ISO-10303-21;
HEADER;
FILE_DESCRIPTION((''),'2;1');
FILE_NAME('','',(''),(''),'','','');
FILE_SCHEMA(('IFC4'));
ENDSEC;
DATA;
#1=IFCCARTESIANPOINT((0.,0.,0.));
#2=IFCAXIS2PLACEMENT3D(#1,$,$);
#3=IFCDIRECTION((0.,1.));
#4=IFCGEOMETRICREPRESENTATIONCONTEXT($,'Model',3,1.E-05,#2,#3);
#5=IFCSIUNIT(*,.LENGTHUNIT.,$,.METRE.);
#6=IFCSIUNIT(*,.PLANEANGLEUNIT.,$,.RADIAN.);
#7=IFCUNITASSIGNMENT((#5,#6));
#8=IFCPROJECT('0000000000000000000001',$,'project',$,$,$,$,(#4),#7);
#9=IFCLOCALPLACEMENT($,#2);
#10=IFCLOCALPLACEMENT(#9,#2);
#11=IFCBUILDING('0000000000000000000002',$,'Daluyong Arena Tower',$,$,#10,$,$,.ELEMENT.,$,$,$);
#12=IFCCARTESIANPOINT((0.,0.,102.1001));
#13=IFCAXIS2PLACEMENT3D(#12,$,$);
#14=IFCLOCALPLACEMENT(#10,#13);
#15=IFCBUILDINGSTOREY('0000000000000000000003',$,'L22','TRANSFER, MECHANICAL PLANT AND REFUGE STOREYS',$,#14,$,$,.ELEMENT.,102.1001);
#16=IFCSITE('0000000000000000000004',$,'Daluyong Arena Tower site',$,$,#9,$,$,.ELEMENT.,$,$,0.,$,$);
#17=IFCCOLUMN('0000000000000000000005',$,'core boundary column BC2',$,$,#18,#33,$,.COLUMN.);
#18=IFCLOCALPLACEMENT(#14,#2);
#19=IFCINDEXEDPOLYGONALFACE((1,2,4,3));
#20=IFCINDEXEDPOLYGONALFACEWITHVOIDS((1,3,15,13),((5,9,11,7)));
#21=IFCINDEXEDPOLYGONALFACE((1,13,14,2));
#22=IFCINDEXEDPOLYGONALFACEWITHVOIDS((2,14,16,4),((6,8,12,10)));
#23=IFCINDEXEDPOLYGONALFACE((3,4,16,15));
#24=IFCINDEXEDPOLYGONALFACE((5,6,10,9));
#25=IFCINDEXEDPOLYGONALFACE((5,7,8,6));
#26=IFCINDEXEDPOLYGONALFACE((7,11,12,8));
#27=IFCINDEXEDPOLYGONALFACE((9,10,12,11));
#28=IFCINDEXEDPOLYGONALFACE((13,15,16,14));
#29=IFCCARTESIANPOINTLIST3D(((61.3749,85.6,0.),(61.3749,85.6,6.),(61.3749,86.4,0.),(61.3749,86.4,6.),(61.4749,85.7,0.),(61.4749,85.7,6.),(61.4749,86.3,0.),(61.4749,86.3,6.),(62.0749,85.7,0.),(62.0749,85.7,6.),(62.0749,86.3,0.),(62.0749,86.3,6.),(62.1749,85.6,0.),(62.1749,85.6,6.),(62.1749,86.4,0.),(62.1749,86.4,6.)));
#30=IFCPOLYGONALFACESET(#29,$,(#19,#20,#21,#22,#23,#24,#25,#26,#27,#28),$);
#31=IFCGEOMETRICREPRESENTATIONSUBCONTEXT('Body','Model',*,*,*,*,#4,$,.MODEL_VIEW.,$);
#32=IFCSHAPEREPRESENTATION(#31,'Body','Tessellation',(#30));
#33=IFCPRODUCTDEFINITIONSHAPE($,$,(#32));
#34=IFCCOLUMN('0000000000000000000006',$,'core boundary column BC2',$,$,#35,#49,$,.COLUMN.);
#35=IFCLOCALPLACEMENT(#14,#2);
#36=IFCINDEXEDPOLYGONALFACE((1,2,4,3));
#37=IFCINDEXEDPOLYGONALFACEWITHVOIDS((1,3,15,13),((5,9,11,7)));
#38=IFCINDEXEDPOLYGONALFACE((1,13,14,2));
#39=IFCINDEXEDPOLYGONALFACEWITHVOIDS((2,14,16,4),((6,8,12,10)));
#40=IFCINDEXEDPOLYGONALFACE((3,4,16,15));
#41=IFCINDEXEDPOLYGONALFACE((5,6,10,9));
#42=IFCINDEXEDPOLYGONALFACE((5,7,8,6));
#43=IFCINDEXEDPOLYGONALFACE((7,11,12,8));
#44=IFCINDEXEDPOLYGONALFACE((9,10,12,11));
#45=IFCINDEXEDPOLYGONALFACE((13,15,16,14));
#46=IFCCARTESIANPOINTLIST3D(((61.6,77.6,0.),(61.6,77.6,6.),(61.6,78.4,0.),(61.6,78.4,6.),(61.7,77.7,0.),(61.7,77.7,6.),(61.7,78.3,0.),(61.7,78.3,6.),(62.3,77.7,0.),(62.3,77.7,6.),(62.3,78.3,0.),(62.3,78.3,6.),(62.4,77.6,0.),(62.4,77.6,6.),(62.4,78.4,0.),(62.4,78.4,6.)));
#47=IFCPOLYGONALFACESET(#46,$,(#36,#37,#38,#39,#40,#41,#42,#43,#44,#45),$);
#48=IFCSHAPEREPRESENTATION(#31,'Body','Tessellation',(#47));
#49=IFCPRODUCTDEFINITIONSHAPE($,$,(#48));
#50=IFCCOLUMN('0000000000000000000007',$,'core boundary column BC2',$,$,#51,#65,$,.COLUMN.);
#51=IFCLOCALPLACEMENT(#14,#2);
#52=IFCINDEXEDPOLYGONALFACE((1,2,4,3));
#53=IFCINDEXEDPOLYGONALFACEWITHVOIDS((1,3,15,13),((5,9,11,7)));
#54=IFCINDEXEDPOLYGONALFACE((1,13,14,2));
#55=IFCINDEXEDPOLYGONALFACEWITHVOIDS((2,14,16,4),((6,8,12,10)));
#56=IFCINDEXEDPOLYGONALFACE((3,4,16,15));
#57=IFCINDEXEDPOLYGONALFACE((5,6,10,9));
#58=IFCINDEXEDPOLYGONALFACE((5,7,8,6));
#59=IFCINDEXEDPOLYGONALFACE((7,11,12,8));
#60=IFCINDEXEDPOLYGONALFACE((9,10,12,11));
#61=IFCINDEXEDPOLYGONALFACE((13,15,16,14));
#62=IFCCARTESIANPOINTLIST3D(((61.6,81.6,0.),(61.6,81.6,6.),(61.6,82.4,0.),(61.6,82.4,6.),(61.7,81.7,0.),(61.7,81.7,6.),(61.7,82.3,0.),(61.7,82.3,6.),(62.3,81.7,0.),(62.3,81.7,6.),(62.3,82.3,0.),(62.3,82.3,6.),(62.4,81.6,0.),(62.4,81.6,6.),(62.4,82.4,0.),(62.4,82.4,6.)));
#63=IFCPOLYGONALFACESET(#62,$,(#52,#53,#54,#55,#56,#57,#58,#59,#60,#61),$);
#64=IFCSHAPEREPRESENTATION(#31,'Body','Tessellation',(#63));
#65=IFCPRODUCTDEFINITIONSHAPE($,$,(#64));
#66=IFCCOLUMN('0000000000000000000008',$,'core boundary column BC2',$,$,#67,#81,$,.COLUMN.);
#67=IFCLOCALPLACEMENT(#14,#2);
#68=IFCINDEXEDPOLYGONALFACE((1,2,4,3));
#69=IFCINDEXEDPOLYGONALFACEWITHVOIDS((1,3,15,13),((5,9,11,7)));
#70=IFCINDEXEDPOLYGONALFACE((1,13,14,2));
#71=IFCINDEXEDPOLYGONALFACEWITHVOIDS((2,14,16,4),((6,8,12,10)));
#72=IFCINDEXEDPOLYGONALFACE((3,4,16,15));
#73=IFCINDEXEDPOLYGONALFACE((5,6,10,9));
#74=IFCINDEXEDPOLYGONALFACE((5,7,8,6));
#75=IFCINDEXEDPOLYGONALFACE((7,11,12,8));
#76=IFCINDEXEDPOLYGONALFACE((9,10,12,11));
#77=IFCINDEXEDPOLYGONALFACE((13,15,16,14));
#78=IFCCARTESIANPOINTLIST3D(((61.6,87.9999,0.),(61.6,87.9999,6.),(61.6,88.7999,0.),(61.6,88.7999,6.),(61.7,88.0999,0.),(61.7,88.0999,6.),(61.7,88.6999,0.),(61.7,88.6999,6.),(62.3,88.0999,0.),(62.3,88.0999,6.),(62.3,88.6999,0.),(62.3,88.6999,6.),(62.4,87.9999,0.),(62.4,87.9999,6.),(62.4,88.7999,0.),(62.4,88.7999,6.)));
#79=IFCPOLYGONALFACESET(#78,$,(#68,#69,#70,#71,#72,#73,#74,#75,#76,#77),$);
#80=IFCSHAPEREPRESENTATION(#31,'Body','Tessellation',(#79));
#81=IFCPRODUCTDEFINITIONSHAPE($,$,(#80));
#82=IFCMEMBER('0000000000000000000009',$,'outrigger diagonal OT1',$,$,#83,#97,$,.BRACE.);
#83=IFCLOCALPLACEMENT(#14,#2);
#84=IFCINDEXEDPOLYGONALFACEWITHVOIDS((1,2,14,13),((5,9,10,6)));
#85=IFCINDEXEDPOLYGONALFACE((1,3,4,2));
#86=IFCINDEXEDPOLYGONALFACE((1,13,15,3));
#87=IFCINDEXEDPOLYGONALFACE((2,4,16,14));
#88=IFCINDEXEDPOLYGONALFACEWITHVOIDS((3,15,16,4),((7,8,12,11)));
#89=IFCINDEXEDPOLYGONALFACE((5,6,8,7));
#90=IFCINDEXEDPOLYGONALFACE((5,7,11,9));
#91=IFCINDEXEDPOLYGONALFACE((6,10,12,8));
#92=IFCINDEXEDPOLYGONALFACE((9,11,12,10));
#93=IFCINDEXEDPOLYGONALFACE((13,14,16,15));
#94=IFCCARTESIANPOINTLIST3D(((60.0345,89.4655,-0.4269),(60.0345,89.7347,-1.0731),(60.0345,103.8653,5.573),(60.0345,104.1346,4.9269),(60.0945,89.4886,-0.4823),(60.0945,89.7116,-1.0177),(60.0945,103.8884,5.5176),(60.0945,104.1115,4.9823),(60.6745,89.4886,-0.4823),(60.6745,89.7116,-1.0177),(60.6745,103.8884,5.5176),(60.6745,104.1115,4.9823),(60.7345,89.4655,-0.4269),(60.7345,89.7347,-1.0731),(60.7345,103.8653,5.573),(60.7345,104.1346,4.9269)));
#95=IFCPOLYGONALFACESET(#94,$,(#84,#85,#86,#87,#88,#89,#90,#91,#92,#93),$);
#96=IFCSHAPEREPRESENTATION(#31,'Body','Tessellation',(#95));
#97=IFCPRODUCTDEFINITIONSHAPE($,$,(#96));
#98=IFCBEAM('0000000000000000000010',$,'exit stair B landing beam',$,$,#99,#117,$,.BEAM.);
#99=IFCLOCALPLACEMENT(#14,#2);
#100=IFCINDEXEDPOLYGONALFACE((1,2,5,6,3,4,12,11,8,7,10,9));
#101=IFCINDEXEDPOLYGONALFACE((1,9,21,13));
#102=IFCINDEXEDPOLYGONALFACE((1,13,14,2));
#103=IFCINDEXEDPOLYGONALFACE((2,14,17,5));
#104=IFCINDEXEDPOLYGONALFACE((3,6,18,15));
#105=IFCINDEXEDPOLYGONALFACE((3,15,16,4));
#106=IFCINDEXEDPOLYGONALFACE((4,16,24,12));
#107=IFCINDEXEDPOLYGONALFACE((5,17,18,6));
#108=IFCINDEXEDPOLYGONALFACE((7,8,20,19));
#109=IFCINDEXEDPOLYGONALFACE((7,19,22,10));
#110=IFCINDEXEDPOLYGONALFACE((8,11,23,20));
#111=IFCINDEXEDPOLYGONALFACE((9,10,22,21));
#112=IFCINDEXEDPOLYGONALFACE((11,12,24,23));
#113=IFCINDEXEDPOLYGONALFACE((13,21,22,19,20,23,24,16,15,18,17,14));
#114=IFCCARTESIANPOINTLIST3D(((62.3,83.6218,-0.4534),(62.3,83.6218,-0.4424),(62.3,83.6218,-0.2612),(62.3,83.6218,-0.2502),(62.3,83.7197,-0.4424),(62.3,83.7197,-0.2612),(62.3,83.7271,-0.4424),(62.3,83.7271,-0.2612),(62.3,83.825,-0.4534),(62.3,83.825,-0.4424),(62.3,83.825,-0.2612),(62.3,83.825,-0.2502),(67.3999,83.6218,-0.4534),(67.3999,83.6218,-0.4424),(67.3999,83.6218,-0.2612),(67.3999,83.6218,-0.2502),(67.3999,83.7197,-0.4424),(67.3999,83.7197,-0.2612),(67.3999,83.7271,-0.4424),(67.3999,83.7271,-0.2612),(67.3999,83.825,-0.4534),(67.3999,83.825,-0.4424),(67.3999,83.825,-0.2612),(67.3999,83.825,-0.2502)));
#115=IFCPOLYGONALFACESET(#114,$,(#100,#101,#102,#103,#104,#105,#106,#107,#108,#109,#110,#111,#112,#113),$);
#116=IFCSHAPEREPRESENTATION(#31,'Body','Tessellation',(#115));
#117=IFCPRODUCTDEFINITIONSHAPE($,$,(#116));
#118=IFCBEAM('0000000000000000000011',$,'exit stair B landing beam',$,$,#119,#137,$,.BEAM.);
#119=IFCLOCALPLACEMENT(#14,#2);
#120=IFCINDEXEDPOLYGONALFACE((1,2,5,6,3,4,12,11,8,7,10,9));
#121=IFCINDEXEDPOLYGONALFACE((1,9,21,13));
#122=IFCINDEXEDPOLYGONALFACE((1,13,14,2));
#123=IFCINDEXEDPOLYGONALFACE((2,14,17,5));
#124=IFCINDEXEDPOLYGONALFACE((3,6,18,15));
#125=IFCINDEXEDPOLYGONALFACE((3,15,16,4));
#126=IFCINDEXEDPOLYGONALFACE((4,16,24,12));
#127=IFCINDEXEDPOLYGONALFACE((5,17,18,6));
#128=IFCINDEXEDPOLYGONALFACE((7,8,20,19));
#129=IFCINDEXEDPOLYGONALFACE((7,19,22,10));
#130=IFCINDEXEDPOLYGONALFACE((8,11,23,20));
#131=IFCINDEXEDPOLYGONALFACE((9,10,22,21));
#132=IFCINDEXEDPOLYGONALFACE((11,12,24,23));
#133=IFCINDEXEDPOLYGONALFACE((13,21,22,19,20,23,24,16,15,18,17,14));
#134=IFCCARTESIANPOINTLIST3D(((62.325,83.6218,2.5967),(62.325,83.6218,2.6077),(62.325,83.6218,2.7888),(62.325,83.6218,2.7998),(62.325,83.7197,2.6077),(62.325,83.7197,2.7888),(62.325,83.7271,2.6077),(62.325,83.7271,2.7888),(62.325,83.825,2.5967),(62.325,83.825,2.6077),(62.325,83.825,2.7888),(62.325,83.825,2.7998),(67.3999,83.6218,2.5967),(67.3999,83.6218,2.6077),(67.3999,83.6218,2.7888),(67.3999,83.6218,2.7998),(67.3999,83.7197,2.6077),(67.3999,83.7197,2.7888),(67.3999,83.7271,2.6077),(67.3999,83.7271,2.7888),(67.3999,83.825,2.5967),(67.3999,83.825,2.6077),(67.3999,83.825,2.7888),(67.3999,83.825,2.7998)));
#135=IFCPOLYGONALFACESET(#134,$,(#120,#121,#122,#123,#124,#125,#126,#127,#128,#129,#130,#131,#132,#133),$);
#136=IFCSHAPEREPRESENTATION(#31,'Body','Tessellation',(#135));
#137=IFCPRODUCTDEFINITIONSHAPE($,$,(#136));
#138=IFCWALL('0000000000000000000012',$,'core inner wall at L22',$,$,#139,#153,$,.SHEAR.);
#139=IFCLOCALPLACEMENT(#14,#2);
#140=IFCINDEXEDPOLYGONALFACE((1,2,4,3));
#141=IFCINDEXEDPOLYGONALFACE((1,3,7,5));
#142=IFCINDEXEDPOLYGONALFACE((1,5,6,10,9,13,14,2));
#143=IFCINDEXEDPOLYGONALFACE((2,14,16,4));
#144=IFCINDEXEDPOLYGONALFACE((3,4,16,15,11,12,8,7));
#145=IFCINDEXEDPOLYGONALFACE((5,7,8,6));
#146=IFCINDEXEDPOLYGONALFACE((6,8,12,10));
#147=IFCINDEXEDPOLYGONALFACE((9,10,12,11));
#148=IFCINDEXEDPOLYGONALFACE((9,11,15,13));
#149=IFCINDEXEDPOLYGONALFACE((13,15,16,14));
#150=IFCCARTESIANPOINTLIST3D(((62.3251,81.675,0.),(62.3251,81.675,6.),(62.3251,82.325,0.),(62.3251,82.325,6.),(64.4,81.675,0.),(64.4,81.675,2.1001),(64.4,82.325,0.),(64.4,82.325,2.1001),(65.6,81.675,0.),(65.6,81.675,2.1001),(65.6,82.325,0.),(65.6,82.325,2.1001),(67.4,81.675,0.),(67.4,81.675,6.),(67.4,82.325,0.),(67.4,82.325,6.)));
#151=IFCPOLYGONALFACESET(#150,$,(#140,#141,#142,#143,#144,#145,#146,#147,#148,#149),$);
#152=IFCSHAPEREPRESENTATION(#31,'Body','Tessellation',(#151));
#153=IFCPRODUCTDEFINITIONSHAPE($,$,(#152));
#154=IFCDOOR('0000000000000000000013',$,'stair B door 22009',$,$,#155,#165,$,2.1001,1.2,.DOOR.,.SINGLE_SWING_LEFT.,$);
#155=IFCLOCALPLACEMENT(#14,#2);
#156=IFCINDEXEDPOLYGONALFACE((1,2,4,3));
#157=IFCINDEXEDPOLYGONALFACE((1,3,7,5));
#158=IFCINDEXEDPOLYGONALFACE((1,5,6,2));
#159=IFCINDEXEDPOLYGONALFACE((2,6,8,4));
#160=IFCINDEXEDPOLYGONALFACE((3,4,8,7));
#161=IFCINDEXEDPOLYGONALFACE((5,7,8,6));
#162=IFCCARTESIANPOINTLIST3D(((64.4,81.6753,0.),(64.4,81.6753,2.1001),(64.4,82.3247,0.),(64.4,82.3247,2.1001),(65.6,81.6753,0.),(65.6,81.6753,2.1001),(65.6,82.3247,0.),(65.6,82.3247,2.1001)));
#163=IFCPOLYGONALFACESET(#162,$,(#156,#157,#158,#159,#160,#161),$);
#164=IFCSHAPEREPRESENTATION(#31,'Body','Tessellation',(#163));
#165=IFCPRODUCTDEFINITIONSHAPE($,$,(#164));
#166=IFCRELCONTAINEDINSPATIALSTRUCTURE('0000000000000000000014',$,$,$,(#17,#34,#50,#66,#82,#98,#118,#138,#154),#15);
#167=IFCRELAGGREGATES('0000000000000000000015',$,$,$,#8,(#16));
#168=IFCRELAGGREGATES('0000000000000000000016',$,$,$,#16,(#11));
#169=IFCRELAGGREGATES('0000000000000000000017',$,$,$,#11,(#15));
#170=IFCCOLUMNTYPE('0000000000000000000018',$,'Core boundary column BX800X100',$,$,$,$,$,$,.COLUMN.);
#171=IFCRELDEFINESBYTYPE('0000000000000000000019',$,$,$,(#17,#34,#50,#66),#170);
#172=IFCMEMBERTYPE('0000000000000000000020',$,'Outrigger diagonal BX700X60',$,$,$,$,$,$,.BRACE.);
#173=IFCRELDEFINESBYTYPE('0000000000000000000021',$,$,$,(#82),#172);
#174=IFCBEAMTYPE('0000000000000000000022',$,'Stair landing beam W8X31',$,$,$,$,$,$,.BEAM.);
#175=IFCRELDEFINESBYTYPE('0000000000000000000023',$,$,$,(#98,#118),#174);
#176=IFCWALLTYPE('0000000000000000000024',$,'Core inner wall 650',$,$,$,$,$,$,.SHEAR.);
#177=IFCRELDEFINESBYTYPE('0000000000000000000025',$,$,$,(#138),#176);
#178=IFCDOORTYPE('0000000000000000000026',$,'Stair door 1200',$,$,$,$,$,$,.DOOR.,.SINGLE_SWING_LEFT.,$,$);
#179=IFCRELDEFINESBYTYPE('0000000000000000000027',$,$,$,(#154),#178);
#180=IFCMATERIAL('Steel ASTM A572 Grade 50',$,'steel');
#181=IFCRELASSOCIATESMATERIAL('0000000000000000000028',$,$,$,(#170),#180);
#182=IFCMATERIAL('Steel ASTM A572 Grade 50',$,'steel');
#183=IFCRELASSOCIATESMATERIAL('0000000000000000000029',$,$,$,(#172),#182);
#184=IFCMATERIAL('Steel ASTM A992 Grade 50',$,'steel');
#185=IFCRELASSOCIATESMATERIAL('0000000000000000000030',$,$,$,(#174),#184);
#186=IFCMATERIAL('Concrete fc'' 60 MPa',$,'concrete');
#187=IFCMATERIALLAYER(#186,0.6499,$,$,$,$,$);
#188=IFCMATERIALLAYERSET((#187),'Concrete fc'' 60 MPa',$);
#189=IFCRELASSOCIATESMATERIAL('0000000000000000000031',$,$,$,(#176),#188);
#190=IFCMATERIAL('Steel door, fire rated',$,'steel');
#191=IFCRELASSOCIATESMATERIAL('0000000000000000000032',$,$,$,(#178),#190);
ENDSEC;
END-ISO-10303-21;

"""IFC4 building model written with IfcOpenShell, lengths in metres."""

from ifc_helpers import new_model, si_unit, direction, frame, frame_2d, origin, origin_2d, place, context, subcontext, project, spatial, rectangle, hollow_rectangle, i_section, extrude, material, layer, layer_set, material_profile, profile_set, type_object, element, fill, save


model = new_model("IFC4")

# Units and contexts
model_context = context("Model", 3, precision=1e-05, world=origin(), true_north=direction((0.0, 1.0)))
body_context = subcontext(model_context, "Body", "Model", "MODEL_VIEW")
ifc_project = project(units=[si_unit("LENGTHUNIT", "METRE"), si_unit("PLANEANGLEUNIT", "RADIAN")], contexts=[model_context])

# Site, building, storey
site_placement = place(None, origin())
site = spatial("IfcSite", under=ifc_project, at=site_placement, Name="Daluyong Arena Tower site", CompositionType="ELEMENT", RefElevation=0.0)
building_placement = place(site_placement, origin())
building = spatial("IfcBuilding", under=site, at=building_placement, Name="Daluyong Arena Tower", CompositionType="ELEMENT")
storey_placement = place(building_placement, frame((0.0, 0.0, 102.1001)))
storey = spatial("IfcBuildingStorey", under=building, at=storey_placement, Name="L22", Description="TRANSFER, MECHANICAL PLANT AND REFUGE STOREYS", CompositionType="ELEMENT", Elevation=102.1001)

# Columns
ifc_material_1 = material(Name="Steel ASTM A572 Grade 50", Category="steel")
ifc_material_profile_1 = material_profile(ifc_material_1, hollow_rectangle(XDim=0.8, YDim=0.8, WallThickness=0.1, at=origin_2d()))
ifc_profile_set_1 = profile_set([ifc_material_profile_1], Name="Steel ASTM A572 Grade 50")
column_type = type_object("IfcColumnType", Name="Core boundary column BX800X100", PredefinedType="COLUMN", material=ifc_profile_set_1)
for number, where, z_axis, x_axis, name in (
    (1, (61.7749, 86.0, 0.0), (0.0, 0.0, 1.0), (1.0, 0.0, 0.0), "core boundary column BC2"),
    (2, (62.0, 78.0, 0.0), (0.0, 0.0, 1.0), (1.0, 0.0, 0.0), "core boundary column BC2"),
    (3, (62.0, 82.0, 0.0), (0.0, 0.0, 1.0), (1.0, 0.0, 0.0), "core boundary column BC2"),
    (4, (62.0, 88.3999, 0.0), (0.0, 0.0, 1.0), (1.0, 0.0, 0.0), "core boundary column BC2"),
):
    element("IfcColumn", number, at=place(storey_placement, frame(where, z_axis=z_axis, x_axis=x_axis)), inside=storey, type_object=column_type, Name=name, PredefinedType="COLUMN", context=body_context, shape_type="SweptSolid", body=[
        extrude(hollow_rectangle(XDim=0.8, YDim=0.8, WallThickness=0.1, at=origin_2d()), origin(), (0.0, 0.0, 1.0), 6.0),
    ])

# Member
ifc_material_2 = material(Name="Steel ASTM A572 Grade 50", Category="steel")
ifc_material_profile_2 = material_profile(ifc_material_2, hollow_rectangle(XDim=0.7, YDim=0.7, WallThickness=0.06, at=origin_2d()))
ifc_profile_set_2 = profile_set([ifc_material_profile_2], Name="Steel ASTM A572 Grade 50")
member_type = type_object("IfcMemberType", Name="Outrigger diagonal BX700X60", PredefinedType="BRACE", material=ifc_profile_set_2)
member_placement = place(storey_placement, frame((60.3845, 89.6001, -0.75), z_axis=(0.0, 0.923076, 0.384618), x_axis=(-1.0, 0.0, 0.0)))
element("IfcMember", 5, at=member_placement, inside=storey, type_object=member_type, Name="outrigger diagonal OT1", PredefinedType="BRACE", context=body_context, shape_type="SweptSolid", body=[
    extrude(hollow_rectangle(XDim=0.7, YDim=0.7, WallThickness=0.06, at=origin_2d()), origin(), (0.0, 0.0, 1.0), 15.5999),
])

# Beams
ifc_material_3 = material(Name="Steel ASTM A992 Grade 50", Category="steel")
ifc_material_profile_3 = material_profile(ifc_material_3, i_section(OverallWidth=0.2031, OverallDepth=0.2031, WebThickness=0.0073, FlangeThickness=0.011, at=origin_2d()))
ifc_profile_set_3 = profile_set([ifc_material_profile_3], Name="Steel ASTM A992 Grade 50")
beam_type = type_object("IfcBeamType", Name="Stair landing beam W8X31", PredefinedType="BEAM", material=ifc_profile_set_3)
beam_1_placement = place(storey_placement, frame((62.3, 83.7234, -0.3518), z_axis=(1.0, 0.0, 0.0), x_axis=(0.0, 1.0, 0.0)))
element("IfcBeam", 6, at=beam_1_placement, inside=storey, type_object=beam_type, Name="exit stair B landing beam", PredefinedType="BEAM", context=body_context, shape_type="SweptSolid", body=[
    extrude(i_section(OverallWidth=0.2031, OverallDepth=0.2031, WebThickness=0.0073, FlangeThickness=0.011, at=origin_2d()), origin(), (0.0, 0.0, 1.0), 5.0999),
])
beam_2_placement = place(storey_placement, frame((62.325, 83.7234, 2.6982), z_axis=(1.0, 0.0, 0.0), x_axis=(0.0, 1.0, 0.0)))
element("IfcBeam", 7, at=beam_2_placement, inside=storey, type_object=beam_type, Name="exit stair B landing beam", PredefinedType="BEAM", context=body_context, shape_type="SweptSolid", body=[
    extrude(i_section(OverallWidth=0.2031, OverallDepth=0.2031, WebThickness=0.0073, FlangeThickness=0.011, at=origin_2d()), origin(), (0.0, 0.0, 1.0), 5.075),
])

# Wall, opening, door
ifc_material_4 = material(Name="Concrete fc' 60 MPa", Category="concrete")
ifc_layer_1 = layer(ifc_material_4, 0.6499)
ifc_layer_set_1 = layer_set([ifc_layer_1], Name="Concrete fc' 60 MPa")
wall_type_1 = type_object("IfcWallType", Name="Core inner wall 650", PredefinedType="SHEAR", material=ifc_layer_set_1)
wall_1_placement = place(storey_placement, frame((62.325, 82.0, 0.0), z_axis=(0.0, 0.0, 1.0), x_axis=(1.0, 0.0, 0.0)))
wall_1 = element("IfcWall", 8, at=wall_1_placement, inside=storey, type_object=wall_type_1, Name="core inner wall at L22", PredefinedType="SHEAR", context=body_context, shape_type="SweptSolid", body=[
    extrude(rectangle(XDim=5.075, YDim=0.6499, at=frame_2d((2.5376, 0.0))), origin(), (0.0, 0.0, 1.0), 6.0),
])
opening_1_placement = place(wall_1_placement, frame((2.075, 0.0, 0.0)))
opening_1 = element("IfcOpeningElement", 9, at=opening_1_placement, cuts=wall_1, PredefinedType="OPENING", context=body_context, shape_type="SweptSolid", body=[
    extrude(rectangle(XDim=1.2, YDim=2.1001, at=frame_2d((0.6001, 1.05))), frame((0.0, 0.335, 0.0), z_axis=(0.0, -1.0, 0.0), x_axis=(1.0, 0.0, 0.0)), (0.0, 0.0, 1.0), 0.6699),
])
ifc_material_5 = material(Name="Steel door, fire rated", Category="steel")
door_type_1 = type_object("IfcDoorType", Name="Stair door 1200", OperationType="SINGLE_SWING_LEFT", PredefinedType="DOOR", material=ifc_material_5)
door_1_placement = place(opening_1_placement, origin())
door_1 = element("IfcDoor", 10, at=door_1_placement, inside=storey, type_object=door_type_1, Name="stair B door 22009", OperationType="SINGLE_SWING_LEFT", OverallHeight=2.1001, OverallWidth=1.2, PredefinedType="DOOR", context=body_context, shape_type="SweptSolid", body=[
    extrude(rectangle(XDim=1.2, YDim=2.1001, at=frame_2d((0.6001, 1.05))), frame((0.0, 0.3247, 0.0), z_axis=(0.0, -1.0, 0.0), x_axis=(1.0, 0.0, 0.0)), (0.0, 0.0, 1.0), 0.6494),
])
fill(opening_1, door_1)

save(model, "model.ifc")
